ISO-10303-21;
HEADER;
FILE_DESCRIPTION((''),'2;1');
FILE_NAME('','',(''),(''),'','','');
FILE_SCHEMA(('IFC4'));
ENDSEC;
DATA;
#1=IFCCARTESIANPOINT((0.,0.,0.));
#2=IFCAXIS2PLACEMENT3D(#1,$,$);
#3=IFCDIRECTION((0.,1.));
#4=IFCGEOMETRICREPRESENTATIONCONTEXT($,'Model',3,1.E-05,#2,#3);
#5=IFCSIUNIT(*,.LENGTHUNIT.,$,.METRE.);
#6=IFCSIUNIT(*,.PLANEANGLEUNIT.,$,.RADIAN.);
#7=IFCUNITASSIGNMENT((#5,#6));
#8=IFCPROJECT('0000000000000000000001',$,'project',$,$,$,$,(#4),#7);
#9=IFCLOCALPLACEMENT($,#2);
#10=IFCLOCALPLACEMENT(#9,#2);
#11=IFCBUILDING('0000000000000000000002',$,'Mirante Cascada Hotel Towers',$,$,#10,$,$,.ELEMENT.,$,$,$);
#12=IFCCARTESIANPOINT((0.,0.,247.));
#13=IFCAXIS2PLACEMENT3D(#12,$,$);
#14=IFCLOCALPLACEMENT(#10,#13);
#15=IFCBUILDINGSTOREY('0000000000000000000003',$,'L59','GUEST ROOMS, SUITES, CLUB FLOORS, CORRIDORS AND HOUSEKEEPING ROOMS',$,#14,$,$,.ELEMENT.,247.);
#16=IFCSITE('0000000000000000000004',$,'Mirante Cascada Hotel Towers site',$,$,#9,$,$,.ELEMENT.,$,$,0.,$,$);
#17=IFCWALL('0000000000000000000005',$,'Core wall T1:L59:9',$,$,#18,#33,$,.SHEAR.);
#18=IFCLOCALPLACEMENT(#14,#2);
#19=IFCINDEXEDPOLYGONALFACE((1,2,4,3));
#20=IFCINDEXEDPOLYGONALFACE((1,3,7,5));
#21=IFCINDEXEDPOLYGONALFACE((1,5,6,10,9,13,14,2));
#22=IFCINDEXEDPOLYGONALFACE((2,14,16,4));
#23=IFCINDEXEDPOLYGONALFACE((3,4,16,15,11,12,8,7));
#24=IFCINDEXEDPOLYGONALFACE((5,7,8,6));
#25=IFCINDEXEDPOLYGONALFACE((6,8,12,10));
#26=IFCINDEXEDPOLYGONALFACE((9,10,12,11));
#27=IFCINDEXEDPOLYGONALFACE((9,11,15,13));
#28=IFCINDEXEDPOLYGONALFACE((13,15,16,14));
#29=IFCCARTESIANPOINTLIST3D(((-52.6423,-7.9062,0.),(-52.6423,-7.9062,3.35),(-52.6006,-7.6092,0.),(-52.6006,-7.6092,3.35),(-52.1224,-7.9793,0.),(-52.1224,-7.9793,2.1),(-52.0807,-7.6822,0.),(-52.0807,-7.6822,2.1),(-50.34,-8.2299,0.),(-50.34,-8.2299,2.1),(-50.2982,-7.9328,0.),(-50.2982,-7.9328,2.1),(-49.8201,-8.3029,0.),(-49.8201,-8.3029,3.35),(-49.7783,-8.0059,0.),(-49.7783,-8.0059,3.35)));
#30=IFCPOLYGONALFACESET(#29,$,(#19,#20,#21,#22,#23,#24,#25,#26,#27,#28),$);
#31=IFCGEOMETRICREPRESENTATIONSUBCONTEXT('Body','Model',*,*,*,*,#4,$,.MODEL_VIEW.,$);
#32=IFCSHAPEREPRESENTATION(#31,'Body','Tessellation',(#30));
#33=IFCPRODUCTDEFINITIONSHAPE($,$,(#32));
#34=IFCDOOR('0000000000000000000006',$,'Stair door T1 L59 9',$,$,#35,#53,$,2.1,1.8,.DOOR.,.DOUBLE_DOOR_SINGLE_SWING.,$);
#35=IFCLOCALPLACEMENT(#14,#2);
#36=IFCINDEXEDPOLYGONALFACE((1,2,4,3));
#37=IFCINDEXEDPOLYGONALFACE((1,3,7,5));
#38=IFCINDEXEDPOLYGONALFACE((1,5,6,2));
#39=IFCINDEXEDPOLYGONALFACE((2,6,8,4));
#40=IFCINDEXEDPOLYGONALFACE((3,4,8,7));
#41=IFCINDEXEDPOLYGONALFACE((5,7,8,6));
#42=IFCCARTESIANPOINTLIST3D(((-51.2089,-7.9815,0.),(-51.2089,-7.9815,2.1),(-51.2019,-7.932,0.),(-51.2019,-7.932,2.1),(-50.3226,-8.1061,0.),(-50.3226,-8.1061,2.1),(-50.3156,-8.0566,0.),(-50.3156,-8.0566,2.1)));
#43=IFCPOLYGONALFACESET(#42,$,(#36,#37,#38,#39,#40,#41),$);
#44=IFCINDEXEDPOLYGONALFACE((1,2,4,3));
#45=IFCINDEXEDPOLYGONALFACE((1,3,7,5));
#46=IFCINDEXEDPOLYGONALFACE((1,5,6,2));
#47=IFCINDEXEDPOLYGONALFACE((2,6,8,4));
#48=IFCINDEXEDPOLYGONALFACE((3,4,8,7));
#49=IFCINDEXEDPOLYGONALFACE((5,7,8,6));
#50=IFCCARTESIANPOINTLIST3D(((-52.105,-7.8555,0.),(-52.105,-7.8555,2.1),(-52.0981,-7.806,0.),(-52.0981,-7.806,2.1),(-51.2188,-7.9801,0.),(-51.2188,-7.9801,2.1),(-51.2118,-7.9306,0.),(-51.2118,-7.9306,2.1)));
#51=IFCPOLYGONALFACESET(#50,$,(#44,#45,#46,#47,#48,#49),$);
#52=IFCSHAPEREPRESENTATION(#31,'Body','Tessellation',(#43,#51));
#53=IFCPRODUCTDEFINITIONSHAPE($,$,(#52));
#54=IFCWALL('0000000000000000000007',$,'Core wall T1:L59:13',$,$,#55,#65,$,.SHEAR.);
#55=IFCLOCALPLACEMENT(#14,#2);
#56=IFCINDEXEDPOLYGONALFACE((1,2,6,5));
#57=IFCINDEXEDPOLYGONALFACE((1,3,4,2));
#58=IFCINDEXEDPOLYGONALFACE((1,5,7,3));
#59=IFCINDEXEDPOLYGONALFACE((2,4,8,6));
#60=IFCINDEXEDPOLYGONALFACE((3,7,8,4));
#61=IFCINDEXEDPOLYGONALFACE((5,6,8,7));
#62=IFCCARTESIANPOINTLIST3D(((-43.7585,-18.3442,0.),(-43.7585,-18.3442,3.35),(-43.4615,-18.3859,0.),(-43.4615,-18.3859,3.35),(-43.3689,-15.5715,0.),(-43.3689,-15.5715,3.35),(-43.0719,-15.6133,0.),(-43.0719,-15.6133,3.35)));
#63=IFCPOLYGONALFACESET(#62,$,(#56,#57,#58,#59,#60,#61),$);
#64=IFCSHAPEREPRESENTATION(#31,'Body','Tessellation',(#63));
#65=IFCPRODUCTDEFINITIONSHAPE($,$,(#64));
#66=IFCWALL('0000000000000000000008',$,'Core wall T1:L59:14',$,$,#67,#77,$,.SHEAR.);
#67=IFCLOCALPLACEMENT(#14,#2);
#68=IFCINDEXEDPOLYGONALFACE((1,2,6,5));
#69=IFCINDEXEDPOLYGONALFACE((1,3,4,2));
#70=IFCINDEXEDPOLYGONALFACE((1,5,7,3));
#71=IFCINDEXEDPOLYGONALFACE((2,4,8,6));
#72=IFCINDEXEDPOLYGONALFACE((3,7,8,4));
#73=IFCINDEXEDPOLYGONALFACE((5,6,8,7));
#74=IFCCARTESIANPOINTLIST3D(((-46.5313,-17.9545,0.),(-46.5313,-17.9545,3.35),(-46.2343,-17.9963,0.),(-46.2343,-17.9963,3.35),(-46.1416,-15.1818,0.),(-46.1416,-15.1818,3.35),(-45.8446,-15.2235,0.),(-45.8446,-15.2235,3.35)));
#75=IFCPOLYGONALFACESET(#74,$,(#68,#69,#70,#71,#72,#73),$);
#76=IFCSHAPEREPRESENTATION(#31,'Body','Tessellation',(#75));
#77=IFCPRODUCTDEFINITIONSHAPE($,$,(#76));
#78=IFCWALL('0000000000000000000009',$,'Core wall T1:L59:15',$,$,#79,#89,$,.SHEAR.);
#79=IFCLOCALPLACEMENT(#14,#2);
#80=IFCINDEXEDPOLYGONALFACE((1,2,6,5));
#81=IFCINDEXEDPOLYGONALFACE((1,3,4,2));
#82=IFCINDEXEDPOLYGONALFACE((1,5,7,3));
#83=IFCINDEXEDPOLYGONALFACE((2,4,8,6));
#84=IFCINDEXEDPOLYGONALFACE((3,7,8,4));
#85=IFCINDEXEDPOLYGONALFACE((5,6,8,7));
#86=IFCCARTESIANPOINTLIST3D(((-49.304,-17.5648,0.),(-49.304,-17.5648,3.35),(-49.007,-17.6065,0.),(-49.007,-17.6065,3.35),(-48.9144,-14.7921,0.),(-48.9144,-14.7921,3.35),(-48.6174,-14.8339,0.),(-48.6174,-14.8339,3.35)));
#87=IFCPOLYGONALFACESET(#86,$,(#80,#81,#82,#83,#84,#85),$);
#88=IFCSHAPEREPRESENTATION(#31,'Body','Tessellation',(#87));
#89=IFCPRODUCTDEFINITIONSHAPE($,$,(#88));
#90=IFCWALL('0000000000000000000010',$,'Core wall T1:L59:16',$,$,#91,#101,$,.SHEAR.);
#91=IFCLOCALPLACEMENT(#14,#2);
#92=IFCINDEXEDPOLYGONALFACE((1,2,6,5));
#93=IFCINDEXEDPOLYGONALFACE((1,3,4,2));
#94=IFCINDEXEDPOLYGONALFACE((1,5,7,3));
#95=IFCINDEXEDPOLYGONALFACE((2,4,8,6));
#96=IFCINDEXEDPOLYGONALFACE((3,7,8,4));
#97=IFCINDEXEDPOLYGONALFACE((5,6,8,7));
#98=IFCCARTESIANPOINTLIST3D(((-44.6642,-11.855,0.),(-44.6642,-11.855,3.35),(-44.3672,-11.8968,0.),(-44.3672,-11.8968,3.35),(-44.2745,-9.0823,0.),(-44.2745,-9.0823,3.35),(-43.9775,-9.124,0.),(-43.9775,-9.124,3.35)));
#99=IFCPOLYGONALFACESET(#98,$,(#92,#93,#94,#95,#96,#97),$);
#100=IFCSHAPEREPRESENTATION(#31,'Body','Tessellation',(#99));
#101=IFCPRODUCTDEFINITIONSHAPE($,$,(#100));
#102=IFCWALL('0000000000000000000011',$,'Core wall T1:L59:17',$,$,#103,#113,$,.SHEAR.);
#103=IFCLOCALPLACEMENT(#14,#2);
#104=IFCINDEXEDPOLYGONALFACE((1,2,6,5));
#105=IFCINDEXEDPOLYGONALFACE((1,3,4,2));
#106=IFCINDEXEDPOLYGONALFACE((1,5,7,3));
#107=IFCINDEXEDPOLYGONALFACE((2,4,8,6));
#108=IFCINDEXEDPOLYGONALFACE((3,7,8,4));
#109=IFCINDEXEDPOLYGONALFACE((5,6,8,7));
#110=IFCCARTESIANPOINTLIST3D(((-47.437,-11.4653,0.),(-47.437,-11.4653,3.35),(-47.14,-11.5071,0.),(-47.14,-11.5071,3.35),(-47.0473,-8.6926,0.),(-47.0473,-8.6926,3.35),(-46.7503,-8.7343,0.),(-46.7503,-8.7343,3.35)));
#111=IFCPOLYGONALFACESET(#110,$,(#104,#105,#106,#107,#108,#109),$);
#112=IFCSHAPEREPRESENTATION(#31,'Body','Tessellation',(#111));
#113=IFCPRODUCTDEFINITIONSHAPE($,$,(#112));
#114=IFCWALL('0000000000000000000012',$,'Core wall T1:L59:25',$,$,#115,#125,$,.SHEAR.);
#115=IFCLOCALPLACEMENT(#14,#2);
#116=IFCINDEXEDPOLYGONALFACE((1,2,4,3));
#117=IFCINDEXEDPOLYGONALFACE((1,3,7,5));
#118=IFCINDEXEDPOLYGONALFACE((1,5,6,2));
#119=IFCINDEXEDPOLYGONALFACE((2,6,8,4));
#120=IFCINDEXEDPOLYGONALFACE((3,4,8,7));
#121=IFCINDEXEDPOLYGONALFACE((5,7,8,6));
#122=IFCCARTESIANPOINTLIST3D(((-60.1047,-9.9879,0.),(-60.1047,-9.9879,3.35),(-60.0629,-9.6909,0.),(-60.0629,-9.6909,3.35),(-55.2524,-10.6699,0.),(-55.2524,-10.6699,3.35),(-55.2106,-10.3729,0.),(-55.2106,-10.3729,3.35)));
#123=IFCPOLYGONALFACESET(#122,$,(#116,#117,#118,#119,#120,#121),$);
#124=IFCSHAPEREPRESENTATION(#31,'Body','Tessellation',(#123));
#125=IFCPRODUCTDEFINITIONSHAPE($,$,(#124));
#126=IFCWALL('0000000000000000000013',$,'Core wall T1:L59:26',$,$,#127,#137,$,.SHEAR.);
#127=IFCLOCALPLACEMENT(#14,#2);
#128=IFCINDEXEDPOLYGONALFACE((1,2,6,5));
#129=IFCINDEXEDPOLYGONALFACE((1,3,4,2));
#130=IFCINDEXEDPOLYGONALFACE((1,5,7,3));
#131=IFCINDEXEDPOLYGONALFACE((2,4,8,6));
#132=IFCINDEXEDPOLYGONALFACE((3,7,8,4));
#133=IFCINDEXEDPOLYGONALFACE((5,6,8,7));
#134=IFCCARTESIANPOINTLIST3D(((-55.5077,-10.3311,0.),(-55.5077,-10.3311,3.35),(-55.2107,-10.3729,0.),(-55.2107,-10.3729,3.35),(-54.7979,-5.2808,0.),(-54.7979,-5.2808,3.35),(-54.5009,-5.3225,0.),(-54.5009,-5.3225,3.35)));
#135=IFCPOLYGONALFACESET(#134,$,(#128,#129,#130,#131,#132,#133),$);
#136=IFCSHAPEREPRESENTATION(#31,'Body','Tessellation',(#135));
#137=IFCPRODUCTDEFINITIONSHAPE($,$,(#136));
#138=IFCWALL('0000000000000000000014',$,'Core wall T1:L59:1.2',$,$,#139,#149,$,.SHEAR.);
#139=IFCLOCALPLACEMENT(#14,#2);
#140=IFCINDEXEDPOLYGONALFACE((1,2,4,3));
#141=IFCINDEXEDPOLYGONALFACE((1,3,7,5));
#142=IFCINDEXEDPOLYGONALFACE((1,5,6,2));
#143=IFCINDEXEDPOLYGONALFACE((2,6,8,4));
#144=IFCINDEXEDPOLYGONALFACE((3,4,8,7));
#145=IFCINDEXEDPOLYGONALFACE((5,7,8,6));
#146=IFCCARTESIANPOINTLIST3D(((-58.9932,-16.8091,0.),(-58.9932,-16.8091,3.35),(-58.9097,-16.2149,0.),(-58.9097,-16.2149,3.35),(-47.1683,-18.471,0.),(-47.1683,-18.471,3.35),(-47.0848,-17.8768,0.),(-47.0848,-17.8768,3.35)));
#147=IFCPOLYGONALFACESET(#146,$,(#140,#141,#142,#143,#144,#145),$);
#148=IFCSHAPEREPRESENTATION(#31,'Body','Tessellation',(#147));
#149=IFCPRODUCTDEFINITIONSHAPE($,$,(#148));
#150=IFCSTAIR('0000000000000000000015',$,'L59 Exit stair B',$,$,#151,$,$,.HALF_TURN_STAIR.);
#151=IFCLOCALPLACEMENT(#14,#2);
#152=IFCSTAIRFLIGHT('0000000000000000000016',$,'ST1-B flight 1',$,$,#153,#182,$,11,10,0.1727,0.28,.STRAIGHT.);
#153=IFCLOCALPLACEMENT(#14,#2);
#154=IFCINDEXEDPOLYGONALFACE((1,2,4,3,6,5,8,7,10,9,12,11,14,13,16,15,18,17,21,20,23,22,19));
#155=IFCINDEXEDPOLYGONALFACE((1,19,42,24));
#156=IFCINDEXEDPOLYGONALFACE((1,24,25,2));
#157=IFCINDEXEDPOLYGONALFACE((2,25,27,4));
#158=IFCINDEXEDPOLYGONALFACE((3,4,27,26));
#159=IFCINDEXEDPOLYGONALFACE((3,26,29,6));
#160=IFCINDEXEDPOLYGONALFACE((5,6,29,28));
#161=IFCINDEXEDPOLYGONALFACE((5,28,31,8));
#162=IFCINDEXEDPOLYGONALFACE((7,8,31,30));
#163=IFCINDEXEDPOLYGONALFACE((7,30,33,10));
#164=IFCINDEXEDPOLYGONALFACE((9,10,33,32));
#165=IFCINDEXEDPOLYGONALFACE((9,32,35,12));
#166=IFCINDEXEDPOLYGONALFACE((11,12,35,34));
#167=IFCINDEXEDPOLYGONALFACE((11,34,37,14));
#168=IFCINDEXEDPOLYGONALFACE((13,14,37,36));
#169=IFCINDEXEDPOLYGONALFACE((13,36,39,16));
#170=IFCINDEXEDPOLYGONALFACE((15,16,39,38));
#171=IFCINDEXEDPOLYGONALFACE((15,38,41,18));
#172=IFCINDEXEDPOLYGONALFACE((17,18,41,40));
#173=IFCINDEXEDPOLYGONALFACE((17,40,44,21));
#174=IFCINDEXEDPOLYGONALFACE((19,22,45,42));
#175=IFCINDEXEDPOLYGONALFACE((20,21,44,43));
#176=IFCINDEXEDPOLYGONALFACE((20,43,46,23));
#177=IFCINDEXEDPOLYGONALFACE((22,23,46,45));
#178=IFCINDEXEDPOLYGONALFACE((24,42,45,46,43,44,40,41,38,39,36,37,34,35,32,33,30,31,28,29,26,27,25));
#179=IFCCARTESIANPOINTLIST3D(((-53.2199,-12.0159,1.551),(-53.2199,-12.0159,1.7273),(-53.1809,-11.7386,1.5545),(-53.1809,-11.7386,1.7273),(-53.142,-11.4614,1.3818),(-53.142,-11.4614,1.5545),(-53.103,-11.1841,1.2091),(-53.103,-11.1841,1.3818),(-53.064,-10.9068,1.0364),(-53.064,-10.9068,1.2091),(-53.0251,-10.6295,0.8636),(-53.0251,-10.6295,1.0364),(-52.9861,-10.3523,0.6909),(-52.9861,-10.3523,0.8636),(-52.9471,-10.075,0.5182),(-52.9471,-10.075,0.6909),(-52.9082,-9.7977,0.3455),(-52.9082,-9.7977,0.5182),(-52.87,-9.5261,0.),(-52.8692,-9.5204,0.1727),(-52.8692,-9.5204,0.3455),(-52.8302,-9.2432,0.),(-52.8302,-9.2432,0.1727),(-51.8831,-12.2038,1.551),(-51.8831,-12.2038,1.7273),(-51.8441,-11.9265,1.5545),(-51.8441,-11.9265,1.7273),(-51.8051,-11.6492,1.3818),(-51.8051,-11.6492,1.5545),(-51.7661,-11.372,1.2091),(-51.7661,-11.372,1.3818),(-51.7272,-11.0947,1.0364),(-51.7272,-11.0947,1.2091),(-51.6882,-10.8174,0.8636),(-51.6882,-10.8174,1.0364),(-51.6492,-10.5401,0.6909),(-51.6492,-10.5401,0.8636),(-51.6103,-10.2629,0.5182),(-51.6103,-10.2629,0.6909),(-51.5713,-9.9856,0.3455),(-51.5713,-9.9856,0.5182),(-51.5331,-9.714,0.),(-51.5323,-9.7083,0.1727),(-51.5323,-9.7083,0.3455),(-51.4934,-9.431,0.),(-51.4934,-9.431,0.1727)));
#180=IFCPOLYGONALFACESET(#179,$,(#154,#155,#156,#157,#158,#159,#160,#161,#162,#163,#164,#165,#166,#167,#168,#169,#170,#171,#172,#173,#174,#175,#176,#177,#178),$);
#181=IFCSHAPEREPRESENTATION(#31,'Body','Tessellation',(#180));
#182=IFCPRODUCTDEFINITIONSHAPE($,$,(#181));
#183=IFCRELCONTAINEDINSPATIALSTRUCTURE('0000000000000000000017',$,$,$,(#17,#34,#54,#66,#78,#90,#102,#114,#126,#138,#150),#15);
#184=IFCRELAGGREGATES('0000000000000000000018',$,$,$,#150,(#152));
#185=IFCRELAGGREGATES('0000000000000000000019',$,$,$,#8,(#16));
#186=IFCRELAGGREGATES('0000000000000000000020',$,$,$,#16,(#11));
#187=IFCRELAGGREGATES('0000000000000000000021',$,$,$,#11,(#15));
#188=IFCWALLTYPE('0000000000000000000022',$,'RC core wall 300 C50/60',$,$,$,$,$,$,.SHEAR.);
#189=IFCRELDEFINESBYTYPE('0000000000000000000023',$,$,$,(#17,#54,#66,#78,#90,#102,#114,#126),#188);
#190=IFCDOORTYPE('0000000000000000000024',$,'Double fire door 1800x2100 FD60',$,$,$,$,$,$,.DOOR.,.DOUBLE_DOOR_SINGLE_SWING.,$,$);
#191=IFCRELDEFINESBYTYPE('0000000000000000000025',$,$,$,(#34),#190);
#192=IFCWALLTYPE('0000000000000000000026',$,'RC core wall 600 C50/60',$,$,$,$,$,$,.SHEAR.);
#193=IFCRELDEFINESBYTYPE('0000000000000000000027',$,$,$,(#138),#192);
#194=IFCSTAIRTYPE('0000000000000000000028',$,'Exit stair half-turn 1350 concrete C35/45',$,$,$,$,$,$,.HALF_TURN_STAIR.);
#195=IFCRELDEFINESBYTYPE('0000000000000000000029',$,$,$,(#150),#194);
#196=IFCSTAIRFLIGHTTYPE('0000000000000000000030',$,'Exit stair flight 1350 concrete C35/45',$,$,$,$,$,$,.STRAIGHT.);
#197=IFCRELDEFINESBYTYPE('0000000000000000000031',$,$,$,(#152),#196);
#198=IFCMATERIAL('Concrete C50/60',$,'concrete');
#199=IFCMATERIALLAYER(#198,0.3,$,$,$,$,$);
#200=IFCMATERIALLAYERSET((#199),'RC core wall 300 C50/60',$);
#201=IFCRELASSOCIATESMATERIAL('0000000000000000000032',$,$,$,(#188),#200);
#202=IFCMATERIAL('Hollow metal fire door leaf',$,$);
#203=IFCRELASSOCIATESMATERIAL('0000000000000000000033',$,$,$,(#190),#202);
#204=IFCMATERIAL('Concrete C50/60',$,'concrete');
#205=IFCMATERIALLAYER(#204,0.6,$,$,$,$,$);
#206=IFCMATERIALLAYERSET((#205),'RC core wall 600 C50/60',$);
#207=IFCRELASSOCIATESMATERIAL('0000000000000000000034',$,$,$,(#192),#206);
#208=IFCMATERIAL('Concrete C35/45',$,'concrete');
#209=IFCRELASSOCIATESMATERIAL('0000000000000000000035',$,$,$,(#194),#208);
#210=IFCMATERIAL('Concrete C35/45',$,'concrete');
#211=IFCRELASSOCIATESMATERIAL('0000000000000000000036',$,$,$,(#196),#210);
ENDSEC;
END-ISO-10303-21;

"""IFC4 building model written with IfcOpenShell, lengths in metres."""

from ifc_helpers import new_model, si_unit, direction, frame, frame_2d, origin, place, context, subcontext, project, spatial, polyline, rectangle, outline, extrude, material, layer, layer_set, type_object, element, fill, aggregate, save


model = new_model("IFC4")

# Units and contexts
model_context = context("Model", 3, precision=1e-05, world=origin(), true_north=direction((0.0, 1.0)))
body_context = subcontext(model_context, "Body", "Model", "MODEL_VIEW")
ifc_project = project(units=[si_unit("LENGTHUNIT", "METRE"), si_unit("PLANEANGLEUNIT", "RADIAN")], contexts=[model_context])

# Site, building, storey
site_placement = place(None, origin())
site = spatial("IfcSite", under=ifc_project, at=site_placement, Name="Mirante Cascada Hotel Towers site", CompositionType="ELEMENT", RefElevation=0.0)
building_placement = place(site_placement, origin())
building = spatial("IfcBuilding", under=site, at=building_placement, Name="Mirante Cascada Hotel Towers", CompositionType="ELEMENT")
storey_placement = place(building_placement, frame((0.0, 0.0, 247.0)))
storey = spatial("IfcBuildingStorey", under=building, at=storey_placement, Name="L59", Description="GUEST ROOMS, SUITES, CLUB FLOORS, CORRIDORS AND HOUSEKEEPING ROOMS", CompositionType="ELEMENT", Elevation=247.0)

# Shared definitions
ifc_material_1 = material(Name="Concrete C50/60", Category="concrete")
ifc_layer_1 = layer(ifc_material_1, 0.3)
ifc_layer_set_1 = layer_set([ifc_layer_1], Name="RC core wall 300 C50/60")
wall_type_1 = type_object("IfcWallType", Name="RC core wall 300 C50/60", PredefinedType="SHEAR", material=ifc_layer_set_1)

# Wall, opening, door
wall_1_placement = place(storey_placement, frame((-49.7992, -8.1544, 0.0), z_axis=(0.0, 0.0, 1.0), x_axis=(-0.990266, 0.139191, 0.0)))
wall_1 = element("IfcWall", 1, at=wall_1_placement, inside=storey, type_object=wall_type_1, Name="Core wall T1:L59:9", PredefinedType="SHEAR", context=body_context, shape_type="SweptSolid", body=[
    extrude(rectangle(XDim=2.85, YDim=0.3, at=frame_2d((1.425, 0.0))), origin(), (0.0, 0.0, 1.0), 3.35),
])
opening_1_placement = place(wall_1_placement, frame((0.525, 0.0, 0.0)))
opening_1 = element("IfcOpeningElement", 2, at=opening_1_placement, cuts=wall_1, PredefinedType="OPENING", context=body_context, shape_type="SweptSolid", body=[
    extrude(rectangle(XDim=1.8, YDim=2.1, at=frame_2d((0.9, 1.05))), frame((0.0, 0.15, 0.0), z_axis=(0.0, -1.0, 0.0), x_axis=(1.0, 0.0, 0.0)), (0.0, 0.0, 1.0), 0.3),
])
ifc_material_2 = material(Name="Hollow metal fire door leaf")
door_type_1 = type_object("IfcDoorType", Name="Double fire door 1800x2100 FD60", OperationType="DOUBLE_DOOR_SINGLE_SWING", PredefinedType="DOOR", material=ifc_material_2)
door_1_placement = place(opening_1_placement, origin())
door_1 = element("IfcDoor", 3, at=door_1_placement, inside=storey, type_object=door_type_1, Name="Stair door T1 L59 9", OperationType="DOUBLE_DOOR_SINGLE_SWING", OverallHeight=2.1, OverallWidth=1.8, PredefinedType="DOOR", context=body_context, shape_type="SweptSolid", body=[
    extrude(rectangle(XDim=0.895, YDim=2.1, at=frame_2d((0.4475, 1.05))), frame((0.0, 0.025, 0.0), z_axis=(0.0, -1.0, 0.0), x_axis=(1.0, 0.0, 0.0)), (0.0, 0.0, 1.0), 0.05),
    extrude(rectangle(XDim=0.895, YDim=2.1, at=frame_2d((1.3525, 1.05))), frame((0.0, 0.025, 0.0), z_axis=(0.0, -1.0, 0.0), x_axis=(1.0, 0.0, 0.0)), (0.0, 0.0, 1.0), 0.05),
])
fill(opening_1, door_1)

# Walls
wall_2_placement = place(storey_placement, frame((-43.61, -18.3651, 0.0), z_axis=(0.0, 0.0, 1.0), x_axis=(0.139146, 0.990272, 0.0)))
element("IfcWall", 4, at=wall_2_placement, inside=storey, type_object=wall_type_1, Name="Core wall T1:L59:13", PredefinedType="SHEAR", context=body_context, shape_type="SweptSolid", body=[
    extrude(rectangle(XDim=2.7999, YDim=0.3, at=frame_2d((1.4, 0.0))), origin(), (0.0, 0.0, 1.0), 3.35),
])
wall_3_placement = place(storey_placement, frame((-46.3828, -17.9754, 0.0), z_axis=(0.0, 0.0, 1.0), x_axis=(0.139181, 0.990267, 0.0)))
element("IfcWall", 5, at=wall_3_placement, inside=storey, type_object=wall_type_1, Name="Core wall T1:L59:14", PredefinedType="SHEAR", context=body_context, shape_type="SweptSolid", body=[
    extrude(rectangle(XDim=2.8, YDim=0.3, at=frame_2d((1.4, 0.0))), origin(), (0.0, 0.0, 1.0), 3.35),
])
wall_4_placement = place(storey_placement, frame((-49.1555, -17.5857, 0.0), z_axis=(0.0, 0.0, 1.0), x_axis=(0.139146, 0.990272, 0.0)))
element("IfcWall", 6, at=wall_4_placement, inside=storey, type_object=wall_type_1, Name="Core wall T1:L59:15", PredefinedType="SHEAR", context=body_context, shape_type="SweptSolid", body=[
    extrude(rectangle(XDim=2.7999, YDim=0.3, at=frame_2d((1.4, 0.0))), origin(), (0.0, 0.0, 1.0), 3.35),
])
for number, where, z_axis, x_axis, name in (
    (7, (-44.5157, -11.8759, 0.0), (0.0, 0.0, 1.0), (0.139181, 0.990267, 0.0), "Core wall T1:L59:16"),
    (8, (-47.2885, -11.4862, 0.0), (0.0, 0.0, 1.0), (0.139181, 0.990267, 0.0), "Core wall T1:L59:17"),
):
    element("IfcWall", number, at=place(storey_placement, frame(where, z_axis=z_axis, x_axis=x_axis)), inside=storey, type_object=wall_type_1, Name=name, PredefinedType="SHEAR", context=body_context, shape_type="SweptSolid", body=[
        extrude(rectangle(XDim=2.8, YDim=0.3, at=frame_2d((1.4, 0.0))), origin(), (0.0, 0.0, 1.0), 3.35),
    ])
wall_5_placement = place(storey_placement, frame((-55.2315, -10.5214, 0.0), z_axis=(0.0, 0.0, 1.0), x_axis=(-0.990267, 0.139184, 0.0)))
element("IfcWall", 9, at=wall_5_placement, inside=storey, type_object=wall_type_1, Name="Core wall T1:L59:25", PredefinedType="SHEAR", context=body_context, shape_type="SweptSolid", body=[
    extrude(rectangle(XDim=4.9, YDim=0.3, at=frame_2d((2.45, 0.0))), origin(), (0.0, 0.0, 1.0), 3.35),
])
wall_6_placement = place(storey_placement, frame((-55.3592, -10.352, 0.0), z_axis=(0.0, 0.0, 1.0), x_axis=(0.139176, 0.990268, 0.0)))
element("IfcWall", 10, at=wall_6_placement, inside=storey, type_object=wall_type_1, Name="Core wall T1:L59:26", PredefinedType="SHEAR", context=body_context, shape_type="SweptSolid", body=[
    extrude(rectangle(XDim=5.1, YDim=0.3, at=frame_2d((2.55, 0.0))), origin(), (0.0, 0.0, 1.0), 3.35),
])
ifc_material_3 = material(Name="Concrete C50/60", Category="concrete")
ifc_layer_2 = layer(ifc_material_3, 0.6)
ifc_layer_set_2 = layer_set([ifc_layer_2], Name="RC core wall 600 C50/60")
wall_type_2 = type_object("IfcWallType", Name="RC core wall 600 C50/60", PredefinedType="SHEAR", material=ifc_layer_set_2)
wall_7_placement = place(storey_placement, frame((-47.1265, -18.1739, 0.0), z_axis=(0.0, 0.0, 1.0), x_axis=(-0.990268, 0.139175, 0.0)))
element("IfcWall", 11, at=wall_7_placement, inside=storey, type_object=wall_type_2, Name="Core wall T1:L59:1.2", PredefinedType="SHEAR", context=body_context, shape_type="SweptSolid", body=[
    extrude(rectangle(XDim=11.9411, YDim=0.6, at=frame_2d((5.9706, 0.0))), origin(), (0.0, 0.0, 1.0), 3.35),
])

# Stair, stair flight
ifc_material_4 = material(Name="Concrete C35/45", Category="concrete")
stair_type = type_object("IfcStairType", Name="Exit stair half-turn 1350 concrete C35/45", PredefinedType="HALF_TURN_STAIR", material=ifc_material_4)
stair_placement = place(storey_placement, origin())
stair = element("IfcStair", 12, at=stair_placement, inside=storey, type_object=stair_type, Name="L59 Exit stair B", PredefinedType="HALF_TURN_STAIR")
ifc_material_5 = material(Name="Concrete C35/45", Category="concrete")
stair_flight_type = type_object("IfcStairFlightType", Name="Exit stair flight 1350 concrete C35/45", PredefinedType="STRAIGHT", material=ifc_material_5)
stair_flight_1_placement = place(storey_placement, frame((-52.1618, -9.3371, 0.0), z_axis=(0.0, 0.0, 1.0), x_axis=(-0.139173, -0.990268, 0.0)))
stair_flight_1 = element("IfcStairFlight", 13, at=stair_flight_1_placement, type_object=stair_flight_type, Name="ST1-B flight 1", NumberOfRisers=11, NumberOfTreads=10, PredefinedType="STRAIGHT", RiserHeight=0.1727, TreadLength=0.28, context=body_context, shape_type="SweptSolid", body=[
    extrude(outline(polyline([(0.0, 0.0), (0.0, 0.1727), (0.28, 0.1727), (0.28, 0.3455), (0.56, 0.3455), (0.56, 0.5182), (0.84, 0.5182), (0.84, 0.6909), (1.12, 0.6909), (1.12, 0.8636), (1.4, 0.8636), (1.4, 1.0364), (1.68, 1.0364), (1.68, 1.2091), (1.96, 1.2091), (1.96, 1.3818), (2.24, 1.3818), (2.24, 1.5545), (2.52, 1.5545), (2.52, 1.7273), (2.8, 1.7273), (2.8, 1.9), (2.8, 1.551), (0.2857, 0.0), (0.0, 0.0)])), frame((0.0, 0.675, 0.0), z_axis=(0.0, -1.0, 0.0), x_axis=(1.0, 0.0, 0.0)), (0.0, 0.0, 1.0), 1.35),
])
aggregate(stair, [stair_flight_1])

save(model, "model.ifc")
